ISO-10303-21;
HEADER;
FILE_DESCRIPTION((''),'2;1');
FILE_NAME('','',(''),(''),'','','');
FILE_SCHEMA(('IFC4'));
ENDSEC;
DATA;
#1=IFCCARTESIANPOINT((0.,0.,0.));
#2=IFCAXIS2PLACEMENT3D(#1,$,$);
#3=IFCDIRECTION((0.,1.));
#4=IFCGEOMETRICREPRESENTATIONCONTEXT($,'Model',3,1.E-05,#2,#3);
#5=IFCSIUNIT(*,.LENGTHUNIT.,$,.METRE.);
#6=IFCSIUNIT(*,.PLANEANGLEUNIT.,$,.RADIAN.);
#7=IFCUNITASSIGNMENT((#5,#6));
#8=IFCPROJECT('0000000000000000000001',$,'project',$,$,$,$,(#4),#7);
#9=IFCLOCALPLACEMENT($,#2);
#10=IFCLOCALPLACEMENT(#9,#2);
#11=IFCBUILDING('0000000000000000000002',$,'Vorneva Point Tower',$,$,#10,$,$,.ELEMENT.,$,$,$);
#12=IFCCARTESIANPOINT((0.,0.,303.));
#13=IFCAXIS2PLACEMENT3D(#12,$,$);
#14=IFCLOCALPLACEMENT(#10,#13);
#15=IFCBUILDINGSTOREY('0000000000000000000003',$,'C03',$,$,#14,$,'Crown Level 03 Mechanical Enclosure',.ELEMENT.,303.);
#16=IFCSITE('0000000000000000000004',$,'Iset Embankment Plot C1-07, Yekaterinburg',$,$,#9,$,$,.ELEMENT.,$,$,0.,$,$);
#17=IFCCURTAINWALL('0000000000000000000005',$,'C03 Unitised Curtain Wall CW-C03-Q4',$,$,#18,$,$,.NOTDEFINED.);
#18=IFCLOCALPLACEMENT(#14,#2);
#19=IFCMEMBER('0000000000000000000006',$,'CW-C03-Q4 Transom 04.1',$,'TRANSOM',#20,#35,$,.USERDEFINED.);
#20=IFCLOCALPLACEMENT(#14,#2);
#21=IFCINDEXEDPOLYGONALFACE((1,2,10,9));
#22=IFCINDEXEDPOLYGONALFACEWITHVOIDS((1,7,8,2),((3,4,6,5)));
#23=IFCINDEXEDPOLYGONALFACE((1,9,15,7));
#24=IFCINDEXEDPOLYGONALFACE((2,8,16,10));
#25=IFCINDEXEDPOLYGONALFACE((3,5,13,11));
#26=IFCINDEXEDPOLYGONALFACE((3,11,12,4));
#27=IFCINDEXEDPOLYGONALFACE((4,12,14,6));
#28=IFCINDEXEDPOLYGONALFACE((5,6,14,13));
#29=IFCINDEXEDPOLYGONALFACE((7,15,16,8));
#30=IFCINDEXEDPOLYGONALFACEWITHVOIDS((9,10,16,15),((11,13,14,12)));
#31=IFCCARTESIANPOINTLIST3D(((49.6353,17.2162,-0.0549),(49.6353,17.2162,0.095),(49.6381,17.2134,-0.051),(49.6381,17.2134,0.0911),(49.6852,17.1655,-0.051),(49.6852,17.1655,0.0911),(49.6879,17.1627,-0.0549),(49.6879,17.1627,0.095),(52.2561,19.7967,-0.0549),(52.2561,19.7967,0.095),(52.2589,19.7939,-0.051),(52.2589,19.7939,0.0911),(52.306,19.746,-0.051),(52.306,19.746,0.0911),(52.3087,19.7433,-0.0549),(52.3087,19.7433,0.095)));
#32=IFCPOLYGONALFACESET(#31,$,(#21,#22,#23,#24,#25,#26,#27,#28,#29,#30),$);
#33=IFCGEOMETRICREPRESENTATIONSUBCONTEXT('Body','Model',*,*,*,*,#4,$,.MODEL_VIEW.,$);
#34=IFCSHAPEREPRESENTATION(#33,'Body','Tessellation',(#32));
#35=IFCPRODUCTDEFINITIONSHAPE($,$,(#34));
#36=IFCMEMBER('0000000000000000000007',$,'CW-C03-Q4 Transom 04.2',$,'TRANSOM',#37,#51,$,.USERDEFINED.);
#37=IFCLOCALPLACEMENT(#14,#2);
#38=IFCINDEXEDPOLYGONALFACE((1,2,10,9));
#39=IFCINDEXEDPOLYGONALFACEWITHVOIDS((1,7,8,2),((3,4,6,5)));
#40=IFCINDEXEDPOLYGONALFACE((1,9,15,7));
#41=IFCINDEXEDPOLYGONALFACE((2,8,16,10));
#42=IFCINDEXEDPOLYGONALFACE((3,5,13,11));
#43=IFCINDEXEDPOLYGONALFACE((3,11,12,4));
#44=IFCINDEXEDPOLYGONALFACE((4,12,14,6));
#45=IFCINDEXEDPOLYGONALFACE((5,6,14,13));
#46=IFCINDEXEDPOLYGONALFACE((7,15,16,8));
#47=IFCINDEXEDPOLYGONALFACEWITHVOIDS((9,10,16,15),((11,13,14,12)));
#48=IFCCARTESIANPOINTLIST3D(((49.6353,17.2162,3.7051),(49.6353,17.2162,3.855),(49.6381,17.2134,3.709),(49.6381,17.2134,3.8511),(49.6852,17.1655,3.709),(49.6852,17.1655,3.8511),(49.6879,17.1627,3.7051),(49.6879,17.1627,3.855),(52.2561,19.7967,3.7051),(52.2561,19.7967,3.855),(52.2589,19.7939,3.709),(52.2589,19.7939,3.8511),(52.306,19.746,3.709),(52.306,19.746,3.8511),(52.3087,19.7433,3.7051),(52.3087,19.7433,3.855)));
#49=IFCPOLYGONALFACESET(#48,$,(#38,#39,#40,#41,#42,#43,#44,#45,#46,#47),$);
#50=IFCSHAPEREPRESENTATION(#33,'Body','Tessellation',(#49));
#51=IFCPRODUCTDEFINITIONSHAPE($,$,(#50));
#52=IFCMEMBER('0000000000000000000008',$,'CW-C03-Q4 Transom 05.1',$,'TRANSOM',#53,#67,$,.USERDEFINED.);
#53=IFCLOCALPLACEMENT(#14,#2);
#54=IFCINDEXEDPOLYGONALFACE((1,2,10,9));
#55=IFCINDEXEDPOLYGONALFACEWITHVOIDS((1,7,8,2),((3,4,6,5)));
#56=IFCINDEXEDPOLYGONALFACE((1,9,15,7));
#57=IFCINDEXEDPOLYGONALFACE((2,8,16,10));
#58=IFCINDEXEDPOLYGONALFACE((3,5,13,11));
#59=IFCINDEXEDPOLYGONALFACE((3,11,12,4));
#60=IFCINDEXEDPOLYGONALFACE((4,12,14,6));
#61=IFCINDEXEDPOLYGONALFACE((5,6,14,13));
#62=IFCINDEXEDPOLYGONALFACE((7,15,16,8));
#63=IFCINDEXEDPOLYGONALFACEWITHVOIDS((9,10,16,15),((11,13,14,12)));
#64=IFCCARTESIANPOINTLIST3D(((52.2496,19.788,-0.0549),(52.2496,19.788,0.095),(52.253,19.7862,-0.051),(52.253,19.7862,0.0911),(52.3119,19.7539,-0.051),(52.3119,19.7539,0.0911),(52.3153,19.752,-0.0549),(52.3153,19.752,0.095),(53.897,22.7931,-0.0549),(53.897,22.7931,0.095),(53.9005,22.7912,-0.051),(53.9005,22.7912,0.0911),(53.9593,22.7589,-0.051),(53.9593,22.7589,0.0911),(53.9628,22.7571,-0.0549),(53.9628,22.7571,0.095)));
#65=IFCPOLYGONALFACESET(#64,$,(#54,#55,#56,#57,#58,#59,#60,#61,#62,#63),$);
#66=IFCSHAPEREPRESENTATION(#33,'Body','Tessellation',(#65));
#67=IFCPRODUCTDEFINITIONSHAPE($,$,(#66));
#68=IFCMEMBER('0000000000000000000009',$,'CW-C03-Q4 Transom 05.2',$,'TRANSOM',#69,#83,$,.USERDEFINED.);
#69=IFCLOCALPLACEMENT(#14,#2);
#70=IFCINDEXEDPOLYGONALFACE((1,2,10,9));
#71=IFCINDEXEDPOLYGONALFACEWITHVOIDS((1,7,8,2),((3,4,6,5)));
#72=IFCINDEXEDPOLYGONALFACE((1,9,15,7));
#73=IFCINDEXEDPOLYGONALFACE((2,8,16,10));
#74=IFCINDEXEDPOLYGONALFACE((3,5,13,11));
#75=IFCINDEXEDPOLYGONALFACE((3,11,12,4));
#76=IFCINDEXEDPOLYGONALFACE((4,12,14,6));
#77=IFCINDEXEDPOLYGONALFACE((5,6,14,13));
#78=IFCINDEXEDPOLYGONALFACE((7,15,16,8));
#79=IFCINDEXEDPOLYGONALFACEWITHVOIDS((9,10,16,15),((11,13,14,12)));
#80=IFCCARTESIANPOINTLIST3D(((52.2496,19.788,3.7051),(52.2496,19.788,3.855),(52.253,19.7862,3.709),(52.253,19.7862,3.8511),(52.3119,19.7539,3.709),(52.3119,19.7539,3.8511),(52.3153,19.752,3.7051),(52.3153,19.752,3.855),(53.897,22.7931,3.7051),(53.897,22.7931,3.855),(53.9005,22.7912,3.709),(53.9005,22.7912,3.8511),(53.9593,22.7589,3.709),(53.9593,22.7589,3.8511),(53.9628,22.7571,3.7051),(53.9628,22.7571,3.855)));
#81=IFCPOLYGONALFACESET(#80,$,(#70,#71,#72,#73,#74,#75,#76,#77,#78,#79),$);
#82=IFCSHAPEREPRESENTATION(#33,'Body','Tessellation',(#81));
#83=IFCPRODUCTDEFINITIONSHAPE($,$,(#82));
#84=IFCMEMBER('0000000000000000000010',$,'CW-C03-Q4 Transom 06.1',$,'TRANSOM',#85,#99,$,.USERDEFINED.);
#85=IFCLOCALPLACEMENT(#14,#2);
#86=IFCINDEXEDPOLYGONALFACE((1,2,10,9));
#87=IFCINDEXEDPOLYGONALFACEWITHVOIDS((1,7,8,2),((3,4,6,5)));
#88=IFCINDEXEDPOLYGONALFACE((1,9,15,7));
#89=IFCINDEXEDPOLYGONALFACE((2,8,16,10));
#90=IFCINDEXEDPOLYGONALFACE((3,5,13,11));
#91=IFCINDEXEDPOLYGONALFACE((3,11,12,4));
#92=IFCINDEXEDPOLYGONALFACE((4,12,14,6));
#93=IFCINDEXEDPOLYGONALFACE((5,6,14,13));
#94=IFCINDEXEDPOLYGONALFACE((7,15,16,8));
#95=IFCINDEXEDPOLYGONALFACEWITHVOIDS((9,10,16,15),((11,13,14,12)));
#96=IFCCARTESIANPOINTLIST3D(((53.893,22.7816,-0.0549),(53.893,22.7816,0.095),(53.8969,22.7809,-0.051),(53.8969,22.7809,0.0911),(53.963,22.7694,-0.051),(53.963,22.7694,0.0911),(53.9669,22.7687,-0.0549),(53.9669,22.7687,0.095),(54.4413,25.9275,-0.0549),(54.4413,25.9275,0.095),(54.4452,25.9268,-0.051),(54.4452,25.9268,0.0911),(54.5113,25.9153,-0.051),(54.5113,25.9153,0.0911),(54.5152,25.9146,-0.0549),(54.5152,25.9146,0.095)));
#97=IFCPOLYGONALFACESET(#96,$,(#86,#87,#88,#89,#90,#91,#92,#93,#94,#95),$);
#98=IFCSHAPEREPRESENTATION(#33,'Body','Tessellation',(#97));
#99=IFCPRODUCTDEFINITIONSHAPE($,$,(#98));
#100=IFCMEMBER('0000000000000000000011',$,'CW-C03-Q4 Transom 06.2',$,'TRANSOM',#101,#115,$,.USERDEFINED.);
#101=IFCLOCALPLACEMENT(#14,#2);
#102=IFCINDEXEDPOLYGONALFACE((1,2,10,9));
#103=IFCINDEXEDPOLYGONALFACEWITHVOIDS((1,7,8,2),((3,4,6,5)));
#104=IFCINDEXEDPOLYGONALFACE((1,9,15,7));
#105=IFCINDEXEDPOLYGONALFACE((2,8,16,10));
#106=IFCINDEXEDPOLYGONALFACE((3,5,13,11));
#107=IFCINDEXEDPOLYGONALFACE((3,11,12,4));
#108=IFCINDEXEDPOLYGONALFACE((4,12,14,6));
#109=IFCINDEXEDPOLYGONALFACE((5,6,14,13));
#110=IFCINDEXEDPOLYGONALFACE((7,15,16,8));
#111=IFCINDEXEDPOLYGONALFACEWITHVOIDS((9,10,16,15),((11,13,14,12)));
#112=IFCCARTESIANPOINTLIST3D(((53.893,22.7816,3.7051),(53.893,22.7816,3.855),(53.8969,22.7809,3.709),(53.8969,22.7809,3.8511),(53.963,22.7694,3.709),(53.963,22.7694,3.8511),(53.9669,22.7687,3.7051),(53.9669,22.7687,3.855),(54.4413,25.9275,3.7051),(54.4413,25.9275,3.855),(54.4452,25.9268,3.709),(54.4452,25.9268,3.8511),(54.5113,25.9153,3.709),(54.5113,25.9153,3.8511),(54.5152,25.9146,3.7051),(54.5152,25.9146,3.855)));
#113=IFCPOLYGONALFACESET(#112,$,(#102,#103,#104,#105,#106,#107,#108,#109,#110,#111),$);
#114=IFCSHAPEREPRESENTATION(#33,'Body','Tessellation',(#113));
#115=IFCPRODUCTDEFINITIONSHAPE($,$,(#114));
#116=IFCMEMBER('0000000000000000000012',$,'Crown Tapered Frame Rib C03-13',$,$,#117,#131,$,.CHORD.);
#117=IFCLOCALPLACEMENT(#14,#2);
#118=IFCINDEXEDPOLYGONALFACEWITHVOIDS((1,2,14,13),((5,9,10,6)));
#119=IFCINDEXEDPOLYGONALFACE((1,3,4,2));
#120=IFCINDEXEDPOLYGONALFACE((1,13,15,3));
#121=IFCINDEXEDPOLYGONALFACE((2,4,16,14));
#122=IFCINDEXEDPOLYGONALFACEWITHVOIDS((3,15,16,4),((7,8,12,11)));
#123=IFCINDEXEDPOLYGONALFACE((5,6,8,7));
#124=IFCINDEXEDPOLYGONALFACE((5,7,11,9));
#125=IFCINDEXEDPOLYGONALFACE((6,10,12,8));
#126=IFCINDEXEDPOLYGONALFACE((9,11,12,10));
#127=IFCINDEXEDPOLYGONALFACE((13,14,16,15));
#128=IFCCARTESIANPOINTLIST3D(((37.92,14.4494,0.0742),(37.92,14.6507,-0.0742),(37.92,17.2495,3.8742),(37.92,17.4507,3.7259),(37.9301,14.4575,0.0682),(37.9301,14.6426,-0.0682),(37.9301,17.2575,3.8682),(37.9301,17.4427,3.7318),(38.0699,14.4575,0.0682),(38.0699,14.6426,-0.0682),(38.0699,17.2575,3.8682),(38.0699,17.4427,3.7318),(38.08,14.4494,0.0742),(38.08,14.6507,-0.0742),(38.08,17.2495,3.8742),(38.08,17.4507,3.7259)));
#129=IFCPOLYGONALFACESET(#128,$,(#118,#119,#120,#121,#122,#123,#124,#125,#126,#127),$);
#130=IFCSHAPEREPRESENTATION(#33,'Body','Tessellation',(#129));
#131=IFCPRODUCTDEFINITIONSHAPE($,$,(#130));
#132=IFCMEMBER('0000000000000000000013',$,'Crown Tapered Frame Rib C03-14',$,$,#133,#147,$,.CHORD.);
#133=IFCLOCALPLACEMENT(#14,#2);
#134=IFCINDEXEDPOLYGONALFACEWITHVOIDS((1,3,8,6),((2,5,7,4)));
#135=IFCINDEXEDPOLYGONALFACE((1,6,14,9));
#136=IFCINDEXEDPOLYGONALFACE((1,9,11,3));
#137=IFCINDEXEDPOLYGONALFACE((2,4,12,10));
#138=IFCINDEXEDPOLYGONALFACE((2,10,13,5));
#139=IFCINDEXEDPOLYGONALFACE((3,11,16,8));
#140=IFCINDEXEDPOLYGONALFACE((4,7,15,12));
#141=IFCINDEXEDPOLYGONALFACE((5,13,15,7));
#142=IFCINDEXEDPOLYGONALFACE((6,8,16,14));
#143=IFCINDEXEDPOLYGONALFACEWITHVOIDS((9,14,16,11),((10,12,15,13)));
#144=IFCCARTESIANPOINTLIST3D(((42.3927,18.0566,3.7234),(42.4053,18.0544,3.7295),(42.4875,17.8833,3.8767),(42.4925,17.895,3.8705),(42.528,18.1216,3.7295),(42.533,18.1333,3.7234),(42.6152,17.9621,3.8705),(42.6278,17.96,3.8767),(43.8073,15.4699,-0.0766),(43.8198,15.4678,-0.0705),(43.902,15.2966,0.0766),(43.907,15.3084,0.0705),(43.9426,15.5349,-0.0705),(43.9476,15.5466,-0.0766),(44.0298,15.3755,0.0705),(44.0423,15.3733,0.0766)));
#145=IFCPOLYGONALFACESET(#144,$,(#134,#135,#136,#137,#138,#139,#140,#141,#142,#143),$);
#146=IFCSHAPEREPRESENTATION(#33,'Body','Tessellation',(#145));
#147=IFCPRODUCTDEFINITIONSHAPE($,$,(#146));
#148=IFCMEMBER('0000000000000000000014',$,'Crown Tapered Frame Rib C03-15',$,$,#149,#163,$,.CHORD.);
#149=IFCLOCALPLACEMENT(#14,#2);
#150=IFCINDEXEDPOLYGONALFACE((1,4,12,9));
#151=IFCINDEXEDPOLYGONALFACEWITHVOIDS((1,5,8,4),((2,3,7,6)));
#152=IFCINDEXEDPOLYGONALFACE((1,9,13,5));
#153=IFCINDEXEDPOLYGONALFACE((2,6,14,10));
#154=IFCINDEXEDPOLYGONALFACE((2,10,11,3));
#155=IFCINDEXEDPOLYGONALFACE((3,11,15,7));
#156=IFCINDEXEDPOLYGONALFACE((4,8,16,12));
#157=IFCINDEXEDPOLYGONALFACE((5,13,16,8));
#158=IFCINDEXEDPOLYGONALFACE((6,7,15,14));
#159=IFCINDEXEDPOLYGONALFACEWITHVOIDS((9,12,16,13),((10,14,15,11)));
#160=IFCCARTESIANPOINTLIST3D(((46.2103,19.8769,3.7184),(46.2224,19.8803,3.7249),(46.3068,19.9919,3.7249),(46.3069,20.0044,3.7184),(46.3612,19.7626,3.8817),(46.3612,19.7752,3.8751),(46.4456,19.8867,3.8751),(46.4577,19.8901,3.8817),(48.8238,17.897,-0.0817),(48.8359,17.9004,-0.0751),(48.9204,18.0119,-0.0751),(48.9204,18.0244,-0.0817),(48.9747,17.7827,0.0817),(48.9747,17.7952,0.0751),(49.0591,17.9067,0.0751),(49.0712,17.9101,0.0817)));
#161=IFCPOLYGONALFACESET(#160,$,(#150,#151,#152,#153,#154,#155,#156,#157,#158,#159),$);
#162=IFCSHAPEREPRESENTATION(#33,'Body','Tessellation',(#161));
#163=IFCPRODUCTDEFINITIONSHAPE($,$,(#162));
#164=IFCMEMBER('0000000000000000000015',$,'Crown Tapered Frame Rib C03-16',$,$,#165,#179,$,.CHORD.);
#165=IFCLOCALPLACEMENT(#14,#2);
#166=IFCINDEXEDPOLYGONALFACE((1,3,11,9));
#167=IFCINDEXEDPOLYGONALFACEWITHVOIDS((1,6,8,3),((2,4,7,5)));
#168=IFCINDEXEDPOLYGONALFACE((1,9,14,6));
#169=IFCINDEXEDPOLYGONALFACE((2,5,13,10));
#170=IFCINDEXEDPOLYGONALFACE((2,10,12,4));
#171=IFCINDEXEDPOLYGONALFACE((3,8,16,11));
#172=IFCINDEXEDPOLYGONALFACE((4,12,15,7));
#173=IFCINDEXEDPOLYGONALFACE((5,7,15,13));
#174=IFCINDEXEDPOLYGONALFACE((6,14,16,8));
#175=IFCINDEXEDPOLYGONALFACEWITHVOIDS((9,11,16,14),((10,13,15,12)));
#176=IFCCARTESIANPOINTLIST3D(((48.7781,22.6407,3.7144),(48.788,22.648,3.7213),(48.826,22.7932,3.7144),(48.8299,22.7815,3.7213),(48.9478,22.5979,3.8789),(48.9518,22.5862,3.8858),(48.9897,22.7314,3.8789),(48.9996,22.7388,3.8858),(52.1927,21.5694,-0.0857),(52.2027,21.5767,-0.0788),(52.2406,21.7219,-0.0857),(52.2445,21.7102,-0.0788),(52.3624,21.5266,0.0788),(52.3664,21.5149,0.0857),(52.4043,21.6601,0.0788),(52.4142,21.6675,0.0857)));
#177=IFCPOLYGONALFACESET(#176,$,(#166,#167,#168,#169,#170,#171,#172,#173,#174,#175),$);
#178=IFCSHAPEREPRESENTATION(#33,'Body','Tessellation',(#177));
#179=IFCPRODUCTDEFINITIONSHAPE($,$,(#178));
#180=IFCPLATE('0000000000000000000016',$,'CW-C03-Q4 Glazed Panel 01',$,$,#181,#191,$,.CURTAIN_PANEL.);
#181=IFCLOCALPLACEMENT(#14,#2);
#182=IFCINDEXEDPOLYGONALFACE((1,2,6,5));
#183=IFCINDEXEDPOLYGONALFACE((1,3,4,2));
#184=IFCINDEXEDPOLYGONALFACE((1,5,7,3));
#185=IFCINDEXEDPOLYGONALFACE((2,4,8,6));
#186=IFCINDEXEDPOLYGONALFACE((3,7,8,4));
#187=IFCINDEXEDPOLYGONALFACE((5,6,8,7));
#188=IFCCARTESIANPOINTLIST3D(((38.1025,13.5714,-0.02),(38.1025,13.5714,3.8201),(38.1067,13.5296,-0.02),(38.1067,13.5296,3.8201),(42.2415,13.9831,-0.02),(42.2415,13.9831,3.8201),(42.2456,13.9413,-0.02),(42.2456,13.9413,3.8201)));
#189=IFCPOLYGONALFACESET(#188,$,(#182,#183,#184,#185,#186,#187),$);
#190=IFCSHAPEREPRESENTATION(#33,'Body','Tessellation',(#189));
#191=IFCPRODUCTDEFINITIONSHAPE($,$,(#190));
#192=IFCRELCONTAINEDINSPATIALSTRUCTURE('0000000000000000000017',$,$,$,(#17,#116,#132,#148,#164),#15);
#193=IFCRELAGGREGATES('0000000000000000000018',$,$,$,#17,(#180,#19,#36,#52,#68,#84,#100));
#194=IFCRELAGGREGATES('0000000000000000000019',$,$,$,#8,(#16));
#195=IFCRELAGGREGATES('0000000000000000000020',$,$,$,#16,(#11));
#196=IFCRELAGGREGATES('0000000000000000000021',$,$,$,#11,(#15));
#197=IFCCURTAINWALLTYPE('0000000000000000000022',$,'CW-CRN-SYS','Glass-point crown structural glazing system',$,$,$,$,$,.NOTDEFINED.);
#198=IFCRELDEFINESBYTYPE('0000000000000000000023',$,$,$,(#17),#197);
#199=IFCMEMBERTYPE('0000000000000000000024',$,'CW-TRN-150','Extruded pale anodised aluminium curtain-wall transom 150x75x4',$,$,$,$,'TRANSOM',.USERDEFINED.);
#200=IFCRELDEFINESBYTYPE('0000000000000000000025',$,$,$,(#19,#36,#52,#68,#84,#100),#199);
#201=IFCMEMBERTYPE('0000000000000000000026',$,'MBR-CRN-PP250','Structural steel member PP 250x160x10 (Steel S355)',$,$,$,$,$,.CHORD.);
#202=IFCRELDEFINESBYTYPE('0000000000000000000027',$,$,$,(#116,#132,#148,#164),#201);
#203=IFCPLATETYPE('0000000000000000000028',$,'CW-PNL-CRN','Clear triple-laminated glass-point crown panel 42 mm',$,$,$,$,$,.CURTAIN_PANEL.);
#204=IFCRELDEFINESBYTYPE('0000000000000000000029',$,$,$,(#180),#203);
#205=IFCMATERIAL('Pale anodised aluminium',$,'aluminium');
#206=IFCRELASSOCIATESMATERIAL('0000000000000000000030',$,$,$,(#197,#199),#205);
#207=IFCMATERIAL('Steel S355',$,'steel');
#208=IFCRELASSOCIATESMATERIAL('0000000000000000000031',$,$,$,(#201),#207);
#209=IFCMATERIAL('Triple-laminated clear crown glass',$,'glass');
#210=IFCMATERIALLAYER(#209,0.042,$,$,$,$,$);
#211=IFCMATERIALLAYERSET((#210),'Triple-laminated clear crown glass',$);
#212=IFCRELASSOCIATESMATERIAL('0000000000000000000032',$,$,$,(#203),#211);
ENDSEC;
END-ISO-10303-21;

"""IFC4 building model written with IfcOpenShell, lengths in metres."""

from ifc_helpers import new_model, si_unit, direction, frame, origin, origin_2d, place, context, subcontext, project, spatial, rectangle, hollow_rectangle, extrude, material, layer, layer_set, material_profile, profile_set, type_object, element, aggregate, save


model = new_model("IFC4")

# Units and contexts
model_context = context("Model", 3, precision=1e-05, world=origin(), true_north=direction((0.0, 1.0)))
body_context = subcontext(model_context, "Body", "Model", "MODEL_VIEW")
ifc_project = project(units=[si_unit("LENGTHUNIT", "METRE"), si_unit("PLANEANGLEUNIT", "RADIAN")], contexts=[model_context])

# Site, building, storey
site_placement = place(None, origin())
site = spatial("IfcSite", under=ifc_project, at=site_placement, Name="Iset Embankment Plot C1-07, Yekaterinburg", CompositionType="ELEMENT", RefElevation=0.0)
building_placement = place(site_placement, origin())
building = spatial("IfcBuilding", under=site, at=building_placement, Name="Vorneva Point Tower", CompositionType="ELEMENT")
storey_placement = place(building_placement, frame((0.0, 0.0, 303.0)))
storey = spatial("IfcBuildingStorey", under=building, at=storey_placement, Name="C03", LongName="Crown Level 03 Mechanical Enclosure", CompositionType="ELEMENT", Elevation=303.0)

# Shared definitions
ifc_material_1 = material(Name="Steel S355", Category="steel")

# Curtain wall, members
ifc_material_2 = material(Name="Pale anodised aluminium", Category="aluminium")
curtain_wall_type = type_object("IfcCurtainWallType", Name="CW-CRN-SYS", Description="Glass-point crown structural glazing system", PredefinedType="NOTDEFINED", material=ifc_material_2)
curtain_wall_placement = place(storey_placement, origin())
curtain_wall = element("IfcCurtainWall", 1, at=curtain_wall_placement, inside=storey, type_object=curtain_wall_type, Name="C03 Unitised Curtain Wall CW-C03-Q4", PredefinedType="NOTDEFINED")
ifc_material_profile_1 = material_profile(ifc_material_2, hollow_rectangle(XDim=0.075, YDim=0.1499, WallThickness=0.0039, at=origin_2d()), Name="AL-TRN 150x75x4")
ifc_profile_set_1 = profile_set([ifc_material_profile_1], Name="Pale anodised aluminium")
member_type_1 = type_object("IfcMemberType", Name="CW-TRN-150", Description="Extruded pale anodised aluminium curtain-wall transom 150x75x4", ElementType="TRANSOM", PredefinedType="USERDEFINED", material=ifc_profile_set_1)
member_1_placement = place(storey_placement, frame((49.6616, 17.1895, 0.02), z_axis=(0.712562, 0.701609, 0.0), x_axis=(-0.701609, 0.712562, 0.0)))
member_1 = element("IfcMember", 2, at=member_1_placement, type_object=member_type_1, Name="CW-C03-Q4 Transom 04.1", ObjectType="TRANSOM", PredefinedType="USERDEFINED", context=body_context, shape_type="SweptSolid", body=[
    extrude(hollow_rectangle(XDim=0.075, YDim=0.1499, WallThickness=0.0039, at=origin_2d()), origin(), (0.0, 0.0, 1.0), 3.678),
])
member_2_placement = place(storey_placement, frame((49.6616, 17.1895, 3.78), z_axis=(0.712562, 0.701609, 0.0), x_axis=(-0.701609, 0.712562, 0.0)))
member_2 = element("IfcMember", 3, at=member_2_placement, type_object=member_type_1, Name="CW-C03-Q4 Transom 04.2", ObjectType="TRANSOM", PredefinedType="USERDEFINED", context=body_context, shape_type="SweptSolid", body=[
    extrude(hollow_rectangle(XDim=0.075, YDim=0.1499, WallThickness=0.0039, at=origin_2d()), origin(), (0.0, 0.0, 1.0), 3.678),
])
member_3_placement = place(storey_placement, frame((52.2825, 19.77, 0.02), z_axis=(0.480718, 0.876875, 0.0), x_axis=(-0.876875, 0.480718, 0.0)))
member_3 = element("IfcMember", 4, at=member_3_placement, type_object=member_type_1, Name="CW-C03-Q4 Transom 05.1", ObjectType="TRANSOM", PredefinedType="USERDEFINED", context=body_context, shape_type="SweptSolid", body=[
    extrude(hollow_rectangle(XDim=0.075, YDim=0.1499, WallThickness=0.0039, at=origin_2d()), origin(), (0.0, 0.0, 1.0), 3.427),
])
member_4_placement = place(storey_placement, frame((52.2825, 19.77, 3.78), z_axis=(0.480718, 0.876875, 0.0), x_axis=(-0.876875, 0.480718, 0.0)))
member_4 = element("IfcMember", 5, at=member_4_placement, type_object=member_type_1, Name="CW-C03-Q4 Transom 05.2", ObjectType="TRANSOM", PredefinedType="USERDEFINED", context=body_context, shape_type="SweptSolid", body=[
    extrude(hollow_rectangle(XDim=0.075, YDim=0.1499, WallThickness=0.0039, at=origin_2d()), origin(), (0.0, 0.0, 1.0), 3.427),
])
member_5_placement = place(storey_placement, frame((53.9299, 22.7751, 0.02), z_axis=(0.171709, 0.985148, 0.0), x_axis=(-0.985148, 0.171709, 0.0)))
member_5 = element("IfcMember", 6, at=member_5_placement, type_object=member_type_1, Name="CW-C03-Q4 Transom 06.1", ObjectType="TRANSOM", PredefinedType="USERDEFINED", context=body_context, shape_type="SweptSolid", body=[
    extrude(hollow_rectangle(XDim=0.075, YDim=0.1499, WallThickness=0.0039, at=origin_2d()), origin(), (0.0, 0.0, 1.0), 3.1934),
])
member_6_placement = place(storey_placement, frame((53.9299, 22.7751, 3.78), z_axis=(0.171709, 0.985148, 0.0), x_axis=(-0.985148, 0.171709, 0.0)))
member_6 = element("IfcMember", 7, at=member_6_placement, type_object=member_type_1, Name="CW-C03-Q4 Transom 06.2", ObjectType="TRANSOM", PredefinedType="USERDEFINED", context=body_context, shape_type="SweptSolid", body=[
    extrude(hollow_rectangle(XDim=0.075, YDim=0.1499, WallThickness=0.0039, at=origin_2d()), origin(), (0.0, 0.0, 1.0), 3.1934),
])

# Members
ifc_material_profile_2 = material_profile(ifc_material_1, hollow_rectangle(XDim=0.1599, YDim=0.25, WallThickness=0.01, at=origin_2d()), Name="PP 250x160x10")
ifc_profile_set_2 = profile_set([ifc_material_profile_2], Name="Steel S355")
member_type_2 = type_object("IfcMemberType", Name="MBR-CRN-PP250", Description="Structural steel member PP 250x160x10 (Steel S355)", PredefinedType="CHORD", material=ifc_profile_set_2)
member_7_placement = place(storey_placement, frame((38.0, 14.55, 0.0), z_axis=(0.0, 0.593201, 0.805055), x_axis=(-1.0, 0.0, 0.0)))
element("IfcMember", 8, at=member_7_placement, inside=storey, type_object=member_type_2, Name="Crown Tapered Frame Rib C03-13", PredefinedType="CHORD", context=body_context, shape_type="SweptSolid", body=[
    extrude(hollow_rectangle(XDim=0.1599, YDim=0.25, WallThickness=0.01, at=origin_2d()), origin(), (0.0, 0.0, 1.0), 4.7202),
])
member_8_placement = place(storey_placement, frame((43.9248, 15.4216, 0.0), z_axis=(-0.29411, 0.537815, 0.790098), x_axis=(-0.877376, -0.479803, 0.0)))
element("IfcMember", 9, at=member_8_placement, inside=storey, type_object=member_type_2, Name="Crown Tapered Frame Rib C03-14", PredefinedType="CHORD", context=body_context, shape_type="SweptSolid", body=[
    extrude(hollow_rectangle(XDim=0.1599, YDim=0.25, WallThickness=0.01, at=origin_2d()), origin(), (0.0, 0.0, 1.0), 4.8096),
])
member_9_placement = place(storey_placement, frame((48.9475, 17.9036, 0.0), z_axis=(-0.520718, 0.39449, 0.75712), x_axis=(-0.603865, -0.797087, 0.0)))
element("IfcMember", 10, at=member_9_placement, inside=storey, type_object=member_type_2, Name="Crown Tapered Frame Rib C03-15", PredefinedType="CHORD", context=body_context, shape_type="SweptSolid", body=[
    extrude(hollow_rectangle(XDim=0.1599, YDim=0.25, WallThickness=0.01, at=origin_2d()), origin(), (0.0, 0.0, 1.0), 5.019),
])
member_10_placement = place(storey_placement, frame((52.3035, 21.6184, 0.0), z_axis=(-0.654143, 0.205232, 0.727995), x_axis=(-0.299355, -0.954142, 0.0)))
element("IfcMember", 11, at=member_10_placement, inside=storey, type_object=member_type_2, Name="Crown Tapered Frame Rib C03-16", PredefinedType="CHORD", context=body_context, shape_type="SweptSolid", body=[
    extrude(hollow_rectangle(XDim=0.1599, YDim=0.25, WallThickness=0.01, at=origin_2d()), origin(), (0.0, 0.0, 1.0), 5.22),
])

# Plate
ifc_material_3 = material(Name="Triple-laminated clear crown glass", Category="glass")
ifc_layer = layer(ifc_material_3, 0.042)
ifc_layer_set = layer_set([ifc_layer], Name="Triple-laminated clear crown glass")
plate_type = type_object("IfcPlateType", Name="CW-PNL-CRN", Description="Clear triple-laminated glass-point crown panel 42 mm", PredefinedType="CURTAIN_PANEL", material=ifc_layer_set)
plate_1_placement = place(storey_placement, frame((40.1741, 13.7563, -0.02), z_axis=(0.0, 0.0, 1.0), x_axis=(0.995088, 0.09899, 0.0)))
plate_1 = element("IfcPlate", 12, at=plate_1_placement, type_object=plate_type, Name="CW-C03-Q4 Glazed Panel 01", PredefinedType="CURTAIN_PANEL", context=body_context, shape_type="SweptSolid", body=[
    extrude(rectangle(XDim=4.1594, YDim=0.042, at=origin_2d()), origin(), (0.0, 0.0, 1.0), 3.8401),
])
aggregate(curtain_wall, [plate_1, member_1, member_2, member_3, member_4, member_5, member_6])

save(model, "model.ifc")
